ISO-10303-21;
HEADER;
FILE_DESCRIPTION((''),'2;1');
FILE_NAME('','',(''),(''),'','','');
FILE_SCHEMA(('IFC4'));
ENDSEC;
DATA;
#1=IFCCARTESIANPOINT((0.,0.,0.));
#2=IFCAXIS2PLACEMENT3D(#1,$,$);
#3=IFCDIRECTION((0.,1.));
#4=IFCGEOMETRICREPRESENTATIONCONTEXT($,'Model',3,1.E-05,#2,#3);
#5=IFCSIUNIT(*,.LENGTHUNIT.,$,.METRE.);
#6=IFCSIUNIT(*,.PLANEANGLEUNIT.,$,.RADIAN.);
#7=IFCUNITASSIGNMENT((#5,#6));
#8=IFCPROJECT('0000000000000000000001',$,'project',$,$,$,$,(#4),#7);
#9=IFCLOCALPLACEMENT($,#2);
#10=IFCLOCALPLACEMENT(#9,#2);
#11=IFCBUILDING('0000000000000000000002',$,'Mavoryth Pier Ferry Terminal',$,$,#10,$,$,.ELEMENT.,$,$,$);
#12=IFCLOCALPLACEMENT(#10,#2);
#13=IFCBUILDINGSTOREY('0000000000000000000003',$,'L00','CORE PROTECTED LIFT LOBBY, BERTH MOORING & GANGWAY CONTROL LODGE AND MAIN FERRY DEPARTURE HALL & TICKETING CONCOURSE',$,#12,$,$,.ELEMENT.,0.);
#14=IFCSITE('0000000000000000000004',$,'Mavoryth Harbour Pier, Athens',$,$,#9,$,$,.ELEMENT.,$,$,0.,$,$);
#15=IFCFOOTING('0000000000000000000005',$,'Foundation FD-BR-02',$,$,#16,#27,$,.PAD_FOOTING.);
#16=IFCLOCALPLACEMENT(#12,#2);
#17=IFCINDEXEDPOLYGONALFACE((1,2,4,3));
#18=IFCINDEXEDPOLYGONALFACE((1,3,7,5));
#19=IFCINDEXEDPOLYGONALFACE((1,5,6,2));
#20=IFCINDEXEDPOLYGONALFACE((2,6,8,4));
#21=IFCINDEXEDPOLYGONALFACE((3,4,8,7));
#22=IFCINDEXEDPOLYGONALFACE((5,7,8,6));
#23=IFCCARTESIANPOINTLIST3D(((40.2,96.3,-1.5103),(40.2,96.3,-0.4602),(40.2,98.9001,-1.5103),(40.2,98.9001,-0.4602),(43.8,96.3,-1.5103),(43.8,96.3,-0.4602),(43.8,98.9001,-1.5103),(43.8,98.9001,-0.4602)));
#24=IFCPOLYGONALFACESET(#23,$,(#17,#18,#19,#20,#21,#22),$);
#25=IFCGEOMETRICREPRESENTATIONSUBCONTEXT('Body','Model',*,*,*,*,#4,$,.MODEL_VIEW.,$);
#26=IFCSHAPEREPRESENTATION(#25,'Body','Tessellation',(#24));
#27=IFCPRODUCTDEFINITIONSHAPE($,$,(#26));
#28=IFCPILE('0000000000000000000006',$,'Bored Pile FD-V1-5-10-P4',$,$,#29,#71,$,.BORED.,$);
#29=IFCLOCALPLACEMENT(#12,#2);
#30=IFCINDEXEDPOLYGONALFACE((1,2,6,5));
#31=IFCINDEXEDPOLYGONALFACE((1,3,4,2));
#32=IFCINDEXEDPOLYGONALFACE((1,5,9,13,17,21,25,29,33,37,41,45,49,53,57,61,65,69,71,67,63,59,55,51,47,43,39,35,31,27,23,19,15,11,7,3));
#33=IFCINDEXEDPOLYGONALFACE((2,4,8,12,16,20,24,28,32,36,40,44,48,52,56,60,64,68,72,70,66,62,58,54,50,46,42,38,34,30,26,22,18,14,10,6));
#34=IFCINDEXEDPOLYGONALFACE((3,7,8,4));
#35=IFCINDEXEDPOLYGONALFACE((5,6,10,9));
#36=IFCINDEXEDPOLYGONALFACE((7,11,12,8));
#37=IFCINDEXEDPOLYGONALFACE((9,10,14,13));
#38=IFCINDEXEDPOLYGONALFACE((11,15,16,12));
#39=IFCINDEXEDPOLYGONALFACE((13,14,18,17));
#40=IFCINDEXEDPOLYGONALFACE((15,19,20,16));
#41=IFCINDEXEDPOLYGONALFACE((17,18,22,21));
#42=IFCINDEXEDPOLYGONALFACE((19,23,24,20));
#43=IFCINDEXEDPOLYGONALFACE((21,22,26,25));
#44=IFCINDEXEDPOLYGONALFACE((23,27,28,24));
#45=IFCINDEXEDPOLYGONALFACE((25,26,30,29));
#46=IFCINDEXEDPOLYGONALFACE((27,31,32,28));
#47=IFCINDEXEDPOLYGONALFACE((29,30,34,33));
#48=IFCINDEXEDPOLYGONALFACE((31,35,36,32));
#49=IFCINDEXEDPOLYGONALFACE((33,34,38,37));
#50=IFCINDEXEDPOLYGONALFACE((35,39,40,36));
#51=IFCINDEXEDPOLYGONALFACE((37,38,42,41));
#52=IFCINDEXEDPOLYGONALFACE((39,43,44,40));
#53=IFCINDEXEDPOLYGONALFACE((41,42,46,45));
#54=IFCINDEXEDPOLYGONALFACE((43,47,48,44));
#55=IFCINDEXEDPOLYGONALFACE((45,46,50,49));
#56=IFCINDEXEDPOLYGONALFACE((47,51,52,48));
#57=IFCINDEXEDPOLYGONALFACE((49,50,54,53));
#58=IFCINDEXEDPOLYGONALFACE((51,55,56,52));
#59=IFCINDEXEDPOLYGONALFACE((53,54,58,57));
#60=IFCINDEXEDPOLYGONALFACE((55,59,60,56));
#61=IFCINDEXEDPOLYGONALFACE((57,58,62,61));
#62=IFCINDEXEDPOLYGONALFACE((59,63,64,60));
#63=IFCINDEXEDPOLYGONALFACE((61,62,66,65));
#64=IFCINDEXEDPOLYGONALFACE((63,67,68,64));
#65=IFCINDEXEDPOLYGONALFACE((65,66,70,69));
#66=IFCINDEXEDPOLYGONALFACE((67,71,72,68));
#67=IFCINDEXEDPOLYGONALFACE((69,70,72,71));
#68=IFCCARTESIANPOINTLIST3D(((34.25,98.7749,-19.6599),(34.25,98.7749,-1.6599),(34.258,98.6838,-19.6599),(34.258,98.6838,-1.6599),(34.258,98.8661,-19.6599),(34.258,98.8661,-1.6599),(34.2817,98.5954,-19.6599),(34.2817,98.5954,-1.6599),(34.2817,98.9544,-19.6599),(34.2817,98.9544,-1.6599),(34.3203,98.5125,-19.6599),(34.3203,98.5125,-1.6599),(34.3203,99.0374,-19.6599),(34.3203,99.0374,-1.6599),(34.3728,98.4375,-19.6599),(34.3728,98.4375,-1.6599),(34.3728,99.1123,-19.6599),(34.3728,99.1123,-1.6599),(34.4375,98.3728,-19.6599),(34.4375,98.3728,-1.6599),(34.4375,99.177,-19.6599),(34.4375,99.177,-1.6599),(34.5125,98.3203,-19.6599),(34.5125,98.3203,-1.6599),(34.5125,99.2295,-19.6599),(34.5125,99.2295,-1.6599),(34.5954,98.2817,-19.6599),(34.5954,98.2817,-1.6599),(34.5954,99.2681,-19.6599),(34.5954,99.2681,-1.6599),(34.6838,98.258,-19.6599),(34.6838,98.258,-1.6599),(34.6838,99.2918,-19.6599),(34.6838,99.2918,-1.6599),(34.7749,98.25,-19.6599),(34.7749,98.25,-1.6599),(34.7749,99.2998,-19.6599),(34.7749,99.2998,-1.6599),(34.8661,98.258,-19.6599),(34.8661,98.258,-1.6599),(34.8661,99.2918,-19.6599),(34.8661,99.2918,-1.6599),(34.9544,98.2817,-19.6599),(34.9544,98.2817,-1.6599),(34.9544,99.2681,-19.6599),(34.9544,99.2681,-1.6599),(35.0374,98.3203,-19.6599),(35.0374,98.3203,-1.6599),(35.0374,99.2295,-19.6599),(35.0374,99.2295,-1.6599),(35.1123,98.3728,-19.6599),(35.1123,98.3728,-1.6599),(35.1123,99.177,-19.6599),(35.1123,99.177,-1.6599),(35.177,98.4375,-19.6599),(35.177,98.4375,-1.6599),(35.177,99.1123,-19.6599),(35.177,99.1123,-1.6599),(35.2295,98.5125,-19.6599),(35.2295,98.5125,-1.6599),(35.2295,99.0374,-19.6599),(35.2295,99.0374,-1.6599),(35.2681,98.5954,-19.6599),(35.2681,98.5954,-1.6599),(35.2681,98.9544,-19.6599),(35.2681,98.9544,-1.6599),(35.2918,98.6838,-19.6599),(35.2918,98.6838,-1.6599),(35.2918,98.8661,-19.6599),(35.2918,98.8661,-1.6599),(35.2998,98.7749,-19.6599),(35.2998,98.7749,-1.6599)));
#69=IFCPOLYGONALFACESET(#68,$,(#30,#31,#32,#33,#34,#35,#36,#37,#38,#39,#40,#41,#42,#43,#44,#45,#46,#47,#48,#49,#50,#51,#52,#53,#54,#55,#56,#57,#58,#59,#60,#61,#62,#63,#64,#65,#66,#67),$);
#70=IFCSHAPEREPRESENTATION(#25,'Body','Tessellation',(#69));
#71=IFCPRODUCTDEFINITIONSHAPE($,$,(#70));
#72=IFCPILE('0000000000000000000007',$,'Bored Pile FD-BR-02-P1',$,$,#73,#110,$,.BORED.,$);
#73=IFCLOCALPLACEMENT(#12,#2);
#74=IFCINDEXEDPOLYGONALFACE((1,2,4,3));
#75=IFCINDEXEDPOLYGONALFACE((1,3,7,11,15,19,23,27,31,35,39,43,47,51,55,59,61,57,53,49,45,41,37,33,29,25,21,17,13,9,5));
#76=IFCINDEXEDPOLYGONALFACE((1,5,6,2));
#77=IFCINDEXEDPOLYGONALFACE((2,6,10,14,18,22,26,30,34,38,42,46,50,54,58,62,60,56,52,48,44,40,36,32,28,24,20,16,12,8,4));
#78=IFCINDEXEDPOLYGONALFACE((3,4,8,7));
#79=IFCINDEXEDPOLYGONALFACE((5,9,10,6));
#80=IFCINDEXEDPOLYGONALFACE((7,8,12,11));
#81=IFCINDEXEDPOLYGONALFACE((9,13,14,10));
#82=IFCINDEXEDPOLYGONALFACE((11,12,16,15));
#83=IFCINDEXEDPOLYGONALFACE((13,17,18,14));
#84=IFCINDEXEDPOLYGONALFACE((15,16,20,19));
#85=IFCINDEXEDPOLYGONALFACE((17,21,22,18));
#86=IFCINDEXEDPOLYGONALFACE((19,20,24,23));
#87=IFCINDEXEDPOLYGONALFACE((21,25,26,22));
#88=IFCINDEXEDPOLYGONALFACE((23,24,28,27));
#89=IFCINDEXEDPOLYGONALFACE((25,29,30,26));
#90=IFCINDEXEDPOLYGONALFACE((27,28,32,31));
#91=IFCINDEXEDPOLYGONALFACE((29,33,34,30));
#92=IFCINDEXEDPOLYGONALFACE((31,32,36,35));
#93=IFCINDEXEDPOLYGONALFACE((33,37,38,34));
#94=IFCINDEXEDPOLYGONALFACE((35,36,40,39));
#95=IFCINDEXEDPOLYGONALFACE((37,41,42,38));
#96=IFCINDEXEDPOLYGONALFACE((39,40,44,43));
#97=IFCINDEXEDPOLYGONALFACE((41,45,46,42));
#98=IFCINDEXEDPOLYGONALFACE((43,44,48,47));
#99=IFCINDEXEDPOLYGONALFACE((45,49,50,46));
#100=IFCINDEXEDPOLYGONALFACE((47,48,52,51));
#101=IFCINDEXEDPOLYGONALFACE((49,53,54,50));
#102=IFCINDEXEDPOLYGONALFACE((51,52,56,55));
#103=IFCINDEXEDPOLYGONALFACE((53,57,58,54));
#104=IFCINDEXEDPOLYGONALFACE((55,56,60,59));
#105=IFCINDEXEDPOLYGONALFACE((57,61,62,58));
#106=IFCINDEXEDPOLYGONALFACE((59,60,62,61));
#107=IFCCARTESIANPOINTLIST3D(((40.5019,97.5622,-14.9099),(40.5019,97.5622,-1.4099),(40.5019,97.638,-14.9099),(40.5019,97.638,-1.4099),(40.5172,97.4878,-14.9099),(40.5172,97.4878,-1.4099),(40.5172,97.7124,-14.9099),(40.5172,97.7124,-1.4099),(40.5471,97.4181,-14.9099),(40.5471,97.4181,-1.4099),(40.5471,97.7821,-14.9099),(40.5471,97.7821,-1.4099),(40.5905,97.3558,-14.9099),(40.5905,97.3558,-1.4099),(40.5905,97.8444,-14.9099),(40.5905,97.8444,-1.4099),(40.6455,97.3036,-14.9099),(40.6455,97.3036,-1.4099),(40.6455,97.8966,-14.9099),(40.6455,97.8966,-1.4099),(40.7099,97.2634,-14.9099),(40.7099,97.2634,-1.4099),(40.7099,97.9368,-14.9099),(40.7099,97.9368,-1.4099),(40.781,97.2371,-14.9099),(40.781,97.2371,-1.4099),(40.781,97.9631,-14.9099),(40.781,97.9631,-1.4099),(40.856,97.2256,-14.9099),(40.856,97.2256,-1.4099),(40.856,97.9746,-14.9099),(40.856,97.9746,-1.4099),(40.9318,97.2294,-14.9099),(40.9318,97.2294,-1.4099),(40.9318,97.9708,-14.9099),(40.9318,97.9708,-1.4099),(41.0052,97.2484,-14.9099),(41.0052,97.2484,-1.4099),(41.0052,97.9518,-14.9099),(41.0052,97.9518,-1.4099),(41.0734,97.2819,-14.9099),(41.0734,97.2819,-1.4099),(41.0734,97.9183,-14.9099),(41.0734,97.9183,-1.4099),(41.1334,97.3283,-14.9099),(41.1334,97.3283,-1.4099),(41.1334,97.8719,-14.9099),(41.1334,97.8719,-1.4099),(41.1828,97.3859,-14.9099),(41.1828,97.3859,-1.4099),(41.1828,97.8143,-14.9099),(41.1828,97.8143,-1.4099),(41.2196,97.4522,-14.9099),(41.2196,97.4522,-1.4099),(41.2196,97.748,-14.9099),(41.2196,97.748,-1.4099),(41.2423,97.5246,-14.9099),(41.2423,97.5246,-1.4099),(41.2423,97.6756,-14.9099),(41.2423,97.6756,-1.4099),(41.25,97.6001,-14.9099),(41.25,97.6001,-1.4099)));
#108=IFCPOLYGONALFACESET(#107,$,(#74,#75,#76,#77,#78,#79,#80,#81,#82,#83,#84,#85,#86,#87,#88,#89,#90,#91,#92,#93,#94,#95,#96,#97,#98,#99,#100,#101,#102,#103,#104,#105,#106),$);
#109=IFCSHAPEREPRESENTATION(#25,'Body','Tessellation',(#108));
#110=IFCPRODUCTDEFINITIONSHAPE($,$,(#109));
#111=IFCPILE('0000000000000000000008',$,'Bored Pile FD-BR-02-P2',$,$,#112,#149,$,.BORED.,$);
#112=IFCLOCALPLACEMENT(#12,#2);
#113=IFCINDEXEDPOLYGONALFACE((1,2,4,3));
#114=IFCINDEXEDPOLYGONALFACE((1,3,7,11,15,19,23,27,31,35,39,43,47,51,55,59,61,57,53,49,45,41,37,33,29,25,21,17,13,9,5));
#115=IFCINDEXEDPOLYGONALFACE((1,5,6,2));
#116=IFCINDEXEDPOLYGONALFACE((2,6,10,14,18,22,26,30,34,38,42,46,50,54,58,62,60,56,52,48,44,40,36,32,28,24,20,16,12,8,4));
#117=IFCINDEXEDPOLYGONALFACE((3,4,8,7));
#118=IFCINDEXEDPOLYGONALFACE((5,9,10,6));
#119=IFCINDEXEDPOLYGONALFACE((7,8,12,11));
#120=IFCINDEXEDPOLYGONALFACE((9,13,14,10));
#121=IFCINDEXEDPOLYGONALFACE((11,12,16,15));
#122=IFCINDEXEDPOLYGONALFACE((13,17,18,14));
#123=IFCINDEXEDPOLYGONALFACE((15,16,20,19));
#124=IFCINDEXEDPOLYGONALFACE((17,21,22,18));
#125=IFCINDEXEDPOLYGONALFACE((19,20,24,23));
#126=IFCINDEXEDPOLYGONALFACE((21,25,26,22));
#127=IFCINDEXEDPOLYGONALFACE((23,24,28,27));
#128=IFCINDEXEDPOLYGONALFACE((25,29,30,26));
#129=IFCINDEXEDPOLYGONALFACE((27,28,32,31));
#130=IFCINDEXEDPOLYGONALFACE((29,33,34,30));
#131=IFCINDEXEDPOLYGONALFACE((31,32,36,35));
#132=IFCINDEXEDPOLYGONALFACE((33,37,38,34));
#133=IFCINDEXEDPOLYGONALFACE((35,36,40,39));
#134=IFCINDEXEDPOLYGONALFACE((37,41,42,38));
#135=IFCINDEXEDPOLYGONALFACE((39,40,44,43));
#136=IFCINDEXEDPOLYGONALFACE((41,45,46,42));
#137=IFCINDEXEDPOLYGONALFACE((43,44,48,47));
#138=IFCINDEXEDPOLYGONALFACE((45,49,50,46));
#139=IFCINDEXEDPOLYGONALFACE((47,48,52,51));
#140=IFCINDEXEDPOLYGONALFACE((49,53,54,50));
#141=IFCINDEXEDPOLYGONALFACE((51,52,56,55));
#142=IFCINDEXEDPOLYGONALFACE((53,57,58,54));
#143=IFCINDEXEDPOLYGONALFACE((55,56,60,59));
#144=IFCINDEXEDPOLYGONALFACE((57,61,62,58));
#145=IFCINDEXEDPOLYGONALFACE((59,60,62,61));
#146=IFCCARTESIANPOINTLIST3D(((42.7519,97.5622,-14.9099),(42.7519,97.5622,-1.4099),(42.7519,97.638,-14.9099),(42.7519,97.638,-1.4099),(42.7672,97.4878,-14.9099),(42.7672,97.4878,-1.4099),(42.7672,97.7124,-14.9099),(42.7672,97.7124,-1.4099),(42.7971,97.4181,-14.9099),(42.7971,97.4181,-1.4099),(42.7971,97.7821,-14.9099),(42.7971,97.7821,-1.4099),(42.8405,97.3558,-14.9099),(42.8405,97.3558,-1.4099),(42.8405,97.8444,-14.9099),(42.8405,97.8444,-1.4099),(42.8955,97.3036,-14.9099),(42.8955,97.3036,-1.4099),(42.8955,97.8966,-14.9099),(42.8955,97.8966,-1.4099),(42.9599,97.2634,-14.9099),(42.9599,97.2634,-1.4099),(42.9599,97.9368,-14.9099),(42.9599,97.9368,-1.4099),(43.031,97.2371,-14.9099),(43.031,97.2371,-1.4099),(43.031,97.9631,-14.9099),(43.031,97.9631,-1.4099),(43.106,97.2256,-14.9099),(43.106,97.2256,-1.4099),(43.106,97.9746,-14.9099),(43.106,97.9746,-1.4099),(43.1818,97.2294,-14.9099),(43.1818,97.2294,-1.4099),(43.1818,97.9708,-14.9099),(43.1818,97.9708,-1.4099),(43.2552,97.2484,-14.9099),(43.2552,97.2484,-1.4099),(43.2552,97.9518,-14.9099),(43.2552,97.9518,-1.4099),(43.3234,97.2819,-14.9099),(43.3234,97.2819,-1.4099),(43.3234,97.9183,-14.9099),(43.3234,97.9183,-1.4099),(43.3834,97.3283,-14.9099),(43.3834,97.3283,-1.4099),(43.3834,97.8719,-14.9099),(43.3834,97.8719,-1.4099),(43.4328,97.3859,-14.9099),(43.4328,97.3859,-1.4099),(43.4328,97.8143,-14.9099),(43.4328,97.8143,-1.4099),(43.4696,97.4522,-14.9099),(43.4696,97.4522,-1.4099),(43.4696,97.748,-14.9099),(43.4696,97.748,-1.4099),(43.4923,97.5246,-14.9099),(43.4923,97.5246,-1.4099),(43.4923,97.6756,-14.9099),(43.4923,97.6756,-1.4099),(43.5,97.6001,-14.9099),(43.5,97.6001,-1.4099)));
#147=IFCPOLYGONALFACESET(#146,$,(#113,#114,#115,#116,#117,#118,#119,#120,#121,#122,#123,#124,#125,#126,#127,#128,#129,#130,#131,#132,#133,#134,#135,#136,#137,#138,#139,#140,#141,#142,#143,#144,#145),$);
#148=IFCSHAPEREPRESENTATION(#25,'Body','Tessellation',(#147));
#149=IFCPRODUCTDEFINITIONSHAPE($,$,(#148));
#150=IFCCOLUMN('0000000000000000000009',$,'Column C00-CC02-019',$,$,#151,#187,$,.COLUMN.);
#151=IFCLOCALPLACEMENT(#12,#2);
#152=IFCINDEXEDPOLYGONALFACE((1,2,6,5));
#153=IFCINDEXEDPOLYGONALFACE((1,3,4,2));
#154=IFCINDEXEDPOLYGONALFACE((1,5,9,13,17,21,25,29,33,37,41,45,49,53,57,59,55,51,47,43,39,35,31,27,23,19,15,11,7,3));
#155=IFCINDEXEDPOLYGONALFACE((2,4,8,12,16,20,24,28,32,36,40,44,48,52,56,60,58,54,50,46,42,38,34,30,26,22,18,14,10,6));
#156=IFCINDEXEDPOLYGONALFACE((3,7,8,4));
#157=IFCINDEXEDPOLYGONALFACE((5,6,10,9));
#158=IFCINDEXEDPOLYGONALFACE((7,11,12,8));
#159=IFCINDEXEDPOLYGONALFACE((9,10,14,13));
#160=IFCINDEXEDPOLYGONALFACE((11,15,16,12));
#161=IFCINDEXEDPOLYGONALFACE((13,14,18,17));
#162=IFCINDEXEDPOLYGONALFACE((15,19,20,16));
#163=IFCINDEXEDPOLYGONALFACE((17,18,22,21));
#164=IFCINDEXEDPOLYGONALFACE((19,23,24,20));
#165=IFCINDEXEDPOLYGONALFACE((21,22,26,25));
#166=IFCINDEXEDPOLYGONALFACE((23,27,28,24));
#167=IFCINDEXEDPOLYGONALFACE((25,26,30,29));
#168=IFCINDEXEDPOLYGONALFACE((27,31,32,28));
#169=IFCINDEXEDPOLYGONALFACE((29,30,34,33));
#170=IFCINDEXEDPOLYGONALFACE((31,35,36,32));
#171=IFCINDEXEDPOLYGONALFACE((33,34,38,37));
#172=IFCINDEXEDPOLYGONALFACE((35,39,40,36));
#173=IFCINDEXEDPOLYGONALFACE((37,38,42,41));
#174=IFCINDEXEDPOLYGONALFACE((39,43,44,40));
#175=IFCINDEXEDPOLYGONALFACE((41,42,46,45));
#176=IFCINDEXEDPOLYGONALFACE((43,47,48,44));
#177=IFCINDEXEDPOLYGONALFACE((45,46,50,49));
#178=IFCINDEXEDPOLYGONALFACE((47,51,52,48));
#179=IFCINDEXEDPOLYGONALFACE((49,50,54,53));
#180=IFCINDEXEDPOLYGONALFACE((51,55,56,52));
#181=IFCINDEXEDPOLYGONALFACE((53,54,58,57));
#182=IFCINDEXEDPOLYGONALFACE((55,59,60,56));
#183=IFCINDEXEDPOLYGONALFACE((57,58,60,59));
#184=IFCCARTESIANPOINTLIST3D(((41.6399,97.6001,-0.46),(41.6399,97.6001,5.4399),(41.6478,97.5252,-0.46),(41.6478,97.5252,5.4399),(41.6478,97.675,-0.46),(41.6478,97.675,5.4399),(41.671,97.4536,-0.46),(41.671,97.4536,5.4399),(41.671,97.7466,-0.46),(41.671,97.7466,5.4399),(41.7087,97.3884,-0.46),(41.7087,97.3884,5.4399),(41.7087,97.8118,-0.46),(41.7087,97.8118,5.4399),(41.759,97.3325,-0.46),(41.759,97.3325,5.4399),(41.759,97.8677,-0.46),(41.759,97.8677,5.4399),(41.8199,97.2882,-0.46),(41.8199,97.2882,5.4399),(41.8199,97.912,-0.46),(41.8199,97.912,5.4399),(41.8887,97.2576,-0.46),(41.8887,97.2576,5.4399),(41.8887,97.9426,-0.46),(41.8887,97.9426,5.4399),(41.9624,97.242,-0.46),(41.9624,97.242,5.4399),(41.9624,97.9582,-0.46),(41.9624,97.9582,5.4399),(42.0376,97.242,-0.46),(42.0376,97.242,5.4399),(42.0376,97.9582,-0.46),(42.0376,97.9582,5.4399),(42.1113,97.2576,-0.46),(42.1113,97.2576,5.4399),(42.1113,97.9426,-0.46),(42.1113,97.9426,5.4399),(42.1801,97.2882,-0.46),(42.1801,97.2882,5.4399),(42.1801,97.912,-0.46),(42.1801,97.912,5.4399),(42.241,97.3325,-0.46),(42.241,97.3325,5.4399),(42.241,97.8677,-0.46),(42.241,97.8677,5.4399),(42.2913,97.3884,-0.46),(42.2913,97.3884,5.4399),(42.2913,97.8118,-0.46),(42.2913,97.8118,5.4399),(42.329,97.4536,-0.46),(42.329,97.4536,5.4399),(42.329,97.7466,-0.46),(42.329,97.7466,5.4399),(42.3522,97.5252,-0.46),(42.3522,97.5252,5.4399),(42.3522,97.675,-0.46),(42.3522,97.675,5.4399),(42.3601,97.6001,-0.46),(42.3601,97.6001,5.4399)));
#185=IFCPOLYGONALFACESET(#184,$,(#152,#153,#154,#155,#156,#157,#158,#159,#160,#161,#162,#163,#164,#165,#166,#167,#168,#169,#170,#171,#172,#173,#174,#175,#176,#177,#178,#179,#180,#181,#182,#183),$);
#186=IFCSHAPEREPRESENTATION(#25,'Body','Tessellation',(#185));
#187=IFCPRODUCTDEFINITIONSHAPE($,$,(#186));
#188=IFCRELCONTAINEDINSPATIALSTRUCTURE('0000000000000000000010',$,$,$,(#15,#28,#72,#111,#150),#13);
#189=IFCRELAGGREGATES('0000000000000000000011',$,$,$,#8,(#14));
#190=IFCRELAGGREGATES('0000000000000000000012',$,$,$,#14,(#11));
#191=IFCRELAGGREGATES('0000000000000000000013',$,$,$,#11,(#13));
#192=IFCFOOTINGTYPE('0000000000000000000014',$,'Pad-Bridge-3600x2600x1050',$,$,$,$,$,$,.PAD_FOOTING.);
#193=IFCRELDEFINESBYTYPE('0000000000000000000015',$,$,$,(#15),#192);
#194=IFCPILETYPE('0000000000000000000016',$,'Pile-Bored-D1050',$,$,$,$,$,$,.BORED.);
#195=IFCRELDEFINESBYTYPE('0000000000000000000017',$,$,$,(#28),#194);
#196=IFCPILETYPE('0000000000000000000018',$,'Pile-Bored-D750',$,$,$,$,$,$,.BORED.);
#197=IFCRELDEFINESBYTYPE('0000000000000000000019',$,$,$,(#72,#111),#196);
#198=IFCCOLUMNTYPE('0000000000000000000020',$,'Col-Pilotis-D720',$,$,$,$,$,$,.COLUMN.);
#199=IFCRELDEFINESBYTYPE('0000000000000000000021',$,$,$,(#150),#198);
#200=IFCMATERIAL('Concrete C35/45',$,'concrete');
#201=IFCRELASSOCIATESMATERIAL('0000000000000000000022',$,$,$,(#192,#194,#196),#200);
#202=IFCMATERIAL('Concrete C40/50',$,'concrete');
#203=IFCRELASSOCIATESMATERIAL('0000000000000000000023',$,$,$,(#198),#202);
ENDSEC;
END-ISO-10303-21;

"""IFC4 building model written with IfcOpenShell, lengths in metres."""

from ifc_helpers import new_model, si_unit, direction, frame, origin, origin_2d, place, context, subcontext, project, spatial, rectangle, circle, extrude, material, material_profile, profile_set, type_object, element, save


model = new_model("IFC4")

# Units and contexts
model_context = context("Model", 3, precision=1e-05, world=origin(), true_north=direction((0.0, 1.0)))
body_context = subcontext(model_context, "Body", "Model", "MODEL_VIEW")
ifc_project = project(units=[si_unit("LENGTHUNIT", "METRE"), si_unit("PLANEANGLEUNIT", "RADIAN")], contexts=[model_context])

# Site, building, storey
site_placement = place(None, origin())
site = spatial("IfcSite", under=ifc_project, at=site_placement, Name="Mavoryth Harbour Pier, Athens", CompositionType="ELEMENT", RefElevation=0.0)
building_placement = place(site_placement, origin())
building = spatial("IfcBuilding", under=site, at=building_placement, Name="Mavoryth Pier Ferry Terminal", CompositionType="ELEMENT")
storey_placement = place(building_placement, origin())
storey = spatial("IfcBuildingStorey", under=building, at=storey_placement, Name="L00", Description="CORE PROTECTED LIFT LOBBY, BERTH MOORING & GANGWAY CONTROL LODGE AND MAIN FERRY DEPARTURE HALL & TICKETING CONCOURSE", CompositionType="ELEMENT", Elevation=0.0)

# Footing
ifc_material_1 = material(Name="Concrete C35/45", Category="concrete")
footing_type = type_object("IfcFootingType", Name="Pad-Bridge-3600x2600x1050", PredefinedType="PAD_FOOTING", material=ifc_material_1)
footing_placement = place(storey_placement, frame((42.0, 97.6001, -1.5103), z_axis=(0.0, 0.0, 1.0), x_axis=(1.0, 0.0, 0.0)))
element("IfcFooting", 1, at=footing_placement, inside=storey, type_object=footing_type, Name="Foundation FD-BR-02", PredefinedType="PAD_FOOTING", context=body_context, shape_type="SweptSolid", body=[
    extrude(rectangle(XDim=3.6001, YDim=2.6001, at=origin_2d()), origin(), (0.0, 0.0, 1.0), 1.05),
])

# Piles
ifc_material_profile_1 = material_profile(ifc_material_1, circle(Radius=0.5249, at=origin_2d()), Name="PILE D1050", Category="concrete")
ifc_profile_set_1 = profile_set([ifc_material_profile_1], Name="Concrete C35/45 - PILE D1050")
pile_type_1 = type_object("IfcPileType", Name="Pile-Bored-D1050", PredefinedType="BORED", material=ifc_profile_set_1)
pile_placement = place(storey_placement, frame((34.7749, 98.7749, -1.6599), z_axis=(0.0, 0.0, -1.0), x_axis=(1.0, 0.0, 0.0)))
element("IfcPile", 2, at=pile_placement, inside=storey, type_object=pile_type_1, Name="Bored Pile FD-V1-5-10-P4", PredefinedType="BORED", context=body_context, shape_type="SweptSolid", body=[
    extrude(circle(Radius=0.5249, at=origin_2d()), origin(), (0.0, 0.0, 1.0), 18.0),
])
ifc_material_profile_2 = material_profile(ifc_material_1, circle(Radius=0.375, at=origin_2d()), Name="PILE D750", Category="concrete")
ifc_profile_set_2 = profile_set([ifc_material_profile_2], Name="Concrete C35/45 - PILE D750")
pile_type_2 = type_object("IfcPileType", Name="Pile-Bored-D750", PredefinedType="BORED", material=ifc_profile_set_2)
for number, where, z_axis, x_axis, name in (
    (3, (40.875, 97.6001, -1.4099), (0.0, 0.0, -1.0), (1.0, 0.0, 0.0), "Bored Pile FD-BR-02-P1"),
    (4, (43.125, 97.6001, -1.4099), (0.0, 0.0, -1.0), (1.0, 0.0, 0.0), "Bored Pile FD-BR-02-P2"),
):
    element("IfcPile", number, at=place(storey_placement, frame(where, z_axis=z_axis, x_axis=x_axis)), inside=storey, type_object=pile_type_2, Name=name, PredefinedType="BORED", context=body_context, shape_type="SweptSolid", body=[
        extrude(circle(Radius=0.375, at=origin_2d()), origin(), (0.0, 0.0, 1.0), 13.5),
    ])

# Column
ifc_material_2 = material(Name="Concrete C40/50", Category="concrete")
ifc_material_profile_3 = material_profile(ifc_material_2, circle(Radius=0.3601, at=origin_2d()), Name="RC D720", Category="concrete")
ifc_profile_set_3 = profile_set([ifc_material_profile_3], Name="Concrete C40/50 - RC D720")
column_type = type_object("IfcColumnType", Name="Col-Pilotis-D720", PredefinedType="COLUMN", material=ifc_profile_set_3)
column_placement = place(storey_placement, frame((42.0, 97.6001, -0.46), z_axis=(0.0, 0.0, 1.0), x_axis=(1.0, 0.0, 0.0)))
element("IfcColumn", 5, at=column_placement, inside=storey, type_object=column_type, Name="Column C00-CC02-019", PredefinedType="COLUMN", context=body_context, shape_type="SweptSolid", body=[
    extrude(circle(Radius=0.3601, at=origin_2d()), origin(), (0.0, 0.0, 1.0), 5.8999),
])

save(model, "model.ifc")
